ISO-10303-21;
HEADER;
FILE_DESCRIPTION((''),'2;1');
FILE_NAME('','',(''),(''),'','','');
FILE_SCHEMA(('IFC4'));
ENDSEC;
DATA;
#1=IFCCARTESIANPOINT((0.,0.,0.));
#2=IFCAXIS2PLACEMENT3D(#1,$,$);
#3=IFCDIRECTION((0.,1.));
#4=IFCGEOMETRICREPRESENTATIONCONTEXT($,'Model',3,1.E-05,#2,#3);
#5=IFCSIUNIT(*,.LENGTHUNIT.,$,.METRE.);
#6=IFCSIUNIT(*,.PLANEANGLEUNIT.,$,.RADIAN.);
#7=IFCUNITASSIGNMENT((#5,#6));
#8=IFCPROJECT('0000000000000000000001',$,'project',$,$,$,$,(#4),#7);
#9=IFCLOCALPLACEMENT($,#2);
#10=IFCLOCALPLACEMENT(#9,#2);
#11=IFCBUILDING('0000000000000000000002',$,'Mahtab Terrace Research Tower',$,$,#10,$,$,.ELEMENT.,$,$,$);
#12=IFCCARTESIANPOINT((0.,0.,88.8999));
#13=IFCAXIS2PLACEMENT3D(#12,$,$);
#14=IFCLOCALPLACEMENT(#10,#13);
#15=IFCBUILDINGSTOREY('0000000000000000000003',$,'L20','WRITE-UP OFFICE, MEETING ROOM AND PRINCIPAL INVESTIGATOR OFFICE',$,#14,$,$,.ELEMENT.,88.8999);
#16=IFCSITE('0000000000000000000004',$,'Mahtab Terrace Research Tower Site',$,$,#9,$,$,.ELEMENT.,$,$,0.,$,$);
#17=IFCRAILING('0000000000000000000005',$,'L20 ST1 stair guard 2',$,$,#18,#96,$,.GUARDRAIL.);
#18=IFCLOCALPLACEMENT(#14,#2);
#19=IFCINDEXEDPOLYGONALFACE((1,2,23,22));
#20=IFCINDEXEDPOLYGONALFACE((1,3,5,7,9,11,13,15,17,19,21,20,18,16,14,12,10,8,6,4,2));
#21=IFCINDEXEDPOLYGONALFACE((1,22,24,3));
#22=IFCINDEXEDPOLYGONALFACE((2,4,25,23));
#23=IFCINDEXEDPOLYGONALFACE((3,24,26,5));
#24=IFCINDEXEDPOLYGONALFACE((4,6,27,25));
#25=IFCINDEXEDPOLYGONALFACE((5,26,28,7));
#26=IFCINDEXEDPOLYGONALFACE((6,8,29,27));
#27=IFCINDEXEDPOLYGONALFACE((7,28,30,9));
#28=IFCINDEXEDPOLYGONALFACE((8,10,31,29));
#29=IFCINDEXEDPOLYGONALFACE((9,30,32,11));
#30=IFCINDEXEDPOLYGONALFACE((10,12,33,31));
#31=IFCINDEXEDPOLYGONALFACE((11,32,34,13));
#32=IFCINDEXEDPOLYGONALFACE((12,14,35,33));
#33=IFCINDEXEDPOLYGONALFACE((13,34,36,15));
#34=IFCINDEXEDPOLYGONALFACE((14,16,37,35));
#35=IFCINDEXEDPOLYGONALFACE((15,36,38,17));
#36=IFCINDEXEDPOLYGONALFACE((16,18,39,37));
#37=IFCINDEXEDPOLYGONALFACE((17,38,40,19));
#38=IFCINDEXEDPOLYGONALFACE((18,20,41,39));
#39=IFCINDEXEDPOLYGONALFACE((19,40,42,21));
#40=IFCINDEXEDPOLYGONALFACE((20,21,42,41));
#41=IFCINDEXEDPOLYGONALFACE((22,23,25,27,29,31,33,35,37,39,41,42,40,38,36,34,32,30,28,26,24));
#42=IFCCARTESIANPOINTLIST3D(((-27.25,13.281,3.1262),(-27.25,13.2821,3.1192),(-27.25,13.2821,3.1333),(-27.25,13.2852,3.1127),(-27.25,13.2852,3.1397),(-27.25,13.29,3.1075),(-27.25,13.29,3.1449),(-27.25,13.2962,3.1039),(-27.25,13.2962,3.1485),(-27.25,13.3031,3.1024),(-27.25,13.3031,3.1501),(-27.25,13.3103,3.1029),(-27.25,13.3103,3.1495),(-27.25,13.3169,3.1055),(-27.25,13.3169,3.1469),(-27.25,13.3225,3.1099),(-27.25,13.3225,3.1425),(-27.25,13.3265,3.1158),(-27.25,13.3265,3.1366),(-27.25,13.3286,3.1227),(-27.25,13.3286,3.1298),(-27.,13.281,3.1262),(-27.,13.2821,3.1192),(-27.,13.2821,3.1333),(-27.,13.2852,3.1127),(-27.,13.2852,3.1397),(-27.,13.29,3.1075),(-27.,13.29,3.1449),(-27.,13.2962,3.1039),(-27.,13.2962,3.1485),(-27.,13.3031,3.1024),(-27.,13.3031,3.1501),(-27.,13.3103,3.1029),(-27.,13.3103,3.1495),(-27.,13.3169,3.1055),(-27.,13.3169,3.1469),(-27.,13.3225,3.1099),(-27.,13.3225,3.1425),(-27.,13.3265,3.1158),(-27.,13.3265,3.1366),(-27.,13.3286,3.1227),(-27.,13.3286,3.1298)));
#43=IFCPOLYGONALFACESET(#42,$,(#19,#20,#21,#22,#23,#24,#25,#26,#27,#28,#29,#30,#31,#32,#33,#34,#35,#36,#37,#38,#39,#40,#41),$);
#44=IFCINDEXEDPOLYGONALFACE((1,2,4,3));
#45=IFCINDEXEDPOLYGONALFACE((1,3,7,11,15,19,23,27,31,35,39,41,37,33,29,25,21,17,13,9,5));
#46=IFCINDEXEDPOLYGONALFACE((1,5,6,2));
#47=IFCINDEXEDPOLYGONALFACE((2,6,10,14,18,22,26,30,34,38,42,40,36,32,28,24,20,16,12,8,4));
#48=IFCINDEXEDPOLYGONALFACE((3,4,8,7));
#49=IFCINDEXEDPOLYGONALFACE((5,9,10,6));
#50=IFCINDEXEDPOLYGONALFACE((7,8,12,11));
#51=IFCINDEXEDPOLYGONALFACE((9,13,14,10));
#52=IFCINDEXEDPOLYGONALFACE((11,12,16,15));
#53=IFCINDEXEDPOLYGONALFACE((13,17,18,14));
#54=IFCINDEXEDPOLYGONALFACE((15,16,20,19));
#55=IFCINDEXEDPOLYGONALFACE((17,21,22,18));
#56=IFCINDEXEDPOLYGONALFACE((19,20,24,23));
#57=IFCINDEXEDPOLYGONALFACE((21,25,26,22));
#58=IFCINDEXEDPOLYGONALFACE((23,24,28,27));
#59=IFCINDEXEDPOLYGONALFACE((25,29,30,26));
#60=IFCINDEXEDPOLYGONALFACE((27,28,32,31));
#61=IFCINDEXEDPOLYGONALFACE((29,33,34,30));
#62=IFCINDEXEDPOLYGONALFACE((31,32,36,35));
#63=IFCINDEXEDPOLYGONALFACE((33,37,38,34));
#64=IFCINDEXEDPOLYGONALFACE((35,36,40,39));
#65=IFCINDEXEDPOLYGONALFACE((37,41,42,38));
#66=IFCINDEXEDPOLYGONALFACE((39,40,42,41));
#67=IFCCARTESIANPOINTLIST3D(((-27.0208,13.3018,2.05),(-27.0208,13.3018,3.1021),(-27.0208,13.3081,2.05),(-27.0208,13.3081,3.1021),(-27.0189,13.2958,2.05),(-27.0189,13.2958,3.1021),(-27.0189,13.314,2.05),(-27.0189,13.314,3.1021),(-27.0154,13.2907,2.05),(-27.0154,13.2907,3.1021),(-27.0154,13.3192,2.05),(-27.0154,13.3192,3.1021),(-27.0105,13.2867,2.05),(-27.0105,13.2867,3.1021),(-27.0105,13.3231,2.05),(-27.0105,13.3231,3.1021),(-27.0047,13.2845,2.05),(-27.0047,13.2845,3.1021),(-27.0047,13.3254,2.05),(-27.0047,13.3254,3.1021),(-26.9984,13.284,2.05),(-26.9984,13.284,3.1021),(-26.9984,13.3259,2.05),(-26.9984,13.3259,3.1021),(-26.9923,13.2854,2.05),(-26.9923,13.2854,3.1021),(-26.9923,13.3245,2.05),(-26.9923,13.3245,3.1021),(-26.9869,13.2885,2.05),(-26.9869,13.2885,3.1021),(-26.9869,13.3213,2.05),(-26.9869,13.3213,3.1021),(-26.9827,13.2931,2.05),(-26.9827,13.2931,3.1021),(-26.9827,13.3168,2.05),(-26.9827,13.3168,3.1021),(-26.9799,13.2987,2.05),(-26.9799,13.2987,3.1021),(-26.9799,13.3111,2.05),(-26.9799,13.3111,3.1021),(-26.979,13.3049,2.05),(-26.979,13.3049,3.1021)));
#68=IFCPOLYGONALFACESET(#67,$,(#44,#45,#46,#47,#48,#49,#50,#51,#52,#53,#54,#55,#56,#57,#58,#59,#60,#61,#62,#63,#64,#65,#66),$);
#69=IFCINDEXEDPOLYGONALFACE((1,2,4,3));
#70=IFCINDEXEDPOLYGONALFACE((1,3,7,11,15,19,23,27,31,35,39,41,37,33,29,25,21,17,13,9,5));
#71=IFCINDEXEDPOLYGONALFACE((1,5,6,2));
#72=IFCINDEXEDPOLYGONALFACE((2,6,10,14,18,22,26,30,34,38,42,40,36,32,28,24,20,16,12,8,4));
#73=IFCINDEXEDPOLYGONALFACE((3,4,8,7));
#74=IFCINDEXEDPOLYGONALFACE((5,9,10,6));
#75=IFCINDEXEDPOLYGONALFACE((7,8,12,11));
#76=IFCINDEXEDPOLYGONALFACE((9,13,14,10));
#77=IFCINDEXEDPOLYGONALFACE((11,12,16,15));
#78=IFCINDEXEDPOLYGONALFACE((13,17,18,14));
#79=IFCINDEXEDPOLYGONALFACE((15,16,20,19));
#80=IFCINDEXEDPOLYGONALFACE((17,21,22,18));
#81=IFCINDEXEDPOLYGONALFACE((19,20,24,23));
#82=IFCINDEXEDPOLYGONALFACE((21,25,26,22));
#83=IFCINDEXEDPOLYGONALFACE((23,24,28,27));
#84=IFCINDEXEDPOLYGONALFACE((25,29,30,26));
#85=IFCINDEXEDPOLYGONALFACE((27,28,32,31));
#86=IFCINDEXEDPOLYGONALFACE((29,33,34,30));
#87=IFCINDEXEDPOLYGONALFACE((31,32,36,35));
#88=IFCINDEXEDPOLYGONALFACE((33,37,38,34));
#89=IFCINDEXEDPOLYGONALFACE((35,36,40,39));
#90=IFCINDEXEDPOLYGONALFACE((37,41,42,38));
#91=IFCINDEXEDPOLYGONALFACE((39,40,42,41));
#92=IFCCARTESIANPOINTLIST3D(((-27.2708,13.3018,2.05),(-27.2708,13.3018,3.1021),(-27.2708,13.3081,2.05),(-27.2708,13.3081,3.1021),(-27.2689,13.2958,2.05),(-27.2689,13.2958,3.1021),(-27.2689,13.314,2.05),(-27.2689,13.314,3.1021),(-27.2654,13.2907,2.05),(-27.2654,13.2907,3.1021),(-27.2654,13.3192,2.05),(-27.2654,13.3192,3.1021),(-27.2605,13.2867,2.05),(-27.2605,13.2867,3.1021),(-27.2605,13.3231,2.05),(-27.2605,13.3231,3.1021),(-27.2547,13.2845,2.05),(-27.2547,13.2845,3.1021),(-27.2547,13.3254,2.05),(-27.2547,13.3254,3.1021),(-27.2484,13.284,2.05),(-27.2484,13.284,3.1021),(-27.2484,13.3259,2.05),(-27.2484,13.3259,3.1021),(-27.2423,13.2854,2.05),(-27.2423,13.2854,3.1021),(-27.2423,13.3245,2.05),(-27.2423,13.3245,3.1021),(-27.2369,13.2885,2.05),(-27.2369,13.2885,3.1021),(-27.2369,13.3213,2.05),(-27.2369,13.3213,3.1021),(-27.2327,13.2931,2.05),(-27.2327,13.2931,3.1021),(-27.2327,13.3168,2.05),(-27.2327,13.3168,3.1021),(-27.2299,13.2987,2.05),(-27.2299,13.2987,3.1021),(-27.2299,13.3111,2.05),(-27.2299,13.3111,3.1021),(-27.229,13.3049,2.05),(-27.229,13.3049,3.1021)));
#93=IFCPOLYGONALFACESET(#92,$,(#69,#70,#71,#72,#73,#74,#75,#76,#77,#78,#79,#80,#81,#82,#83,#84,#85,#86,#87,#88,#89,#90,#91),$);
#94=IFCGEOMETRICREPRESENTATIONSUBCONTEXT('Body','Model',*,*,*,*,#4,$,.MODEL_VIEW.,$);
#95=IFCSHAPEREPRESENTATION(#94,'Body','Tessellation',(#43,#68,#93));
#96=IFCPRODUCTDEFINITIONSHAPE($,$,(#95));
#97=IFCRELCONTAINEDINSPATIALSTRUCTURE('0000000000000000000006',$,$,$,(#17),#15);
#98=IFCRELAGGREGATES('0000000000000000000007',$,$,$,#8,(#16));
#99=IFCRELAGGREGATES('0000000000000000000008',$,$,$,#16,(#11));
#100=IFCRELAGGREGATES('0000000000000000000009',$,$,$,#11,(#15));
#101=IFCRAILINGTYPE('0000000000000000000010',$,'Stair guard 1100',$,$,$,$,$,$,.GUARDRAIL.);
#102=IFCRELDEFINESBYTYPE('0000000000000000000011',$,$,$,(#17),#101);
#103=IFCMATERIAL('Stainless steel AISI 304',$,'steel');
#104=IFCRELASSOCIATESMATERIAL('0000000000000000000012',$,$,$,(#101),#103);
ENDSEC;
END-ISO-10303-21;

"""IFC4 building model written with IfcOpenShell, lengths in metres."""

from ifc_helpers import new_model, si_unit, direction, frame, origin, origin_2d, place, context, subcontext, project, spatial, circle, extrude, material, type_object, element, save


model = new_model("IFC4")

# Units and contexts
model_context = context("Model", 3, precision=1e-05, world=origin(), true_north=direction((0.0, 1.0)))
body_context = subcontext(model_context, "Body", "Model", "MODEL_VIEW")
ifc_project = project(units=[si_unit("LENGTHUNIT", "METRE"), si_unit("PLANEANGLEUNIT", "RADIAN")], contexts=[model_context])

# Site, building, storey
site_placement = place(None, origin())
site = spatial("IfcSite", under=ifc_project, at=site_placement, Name="Mahtab Terrace Research Tower Site", CompositionType="ELEMENT", RefElevation=0.0)
building_placement = place(site_placement, origin())
building = spatial("IfcBuilding", under=site, at=building_placement, Name="Mahtab Terrace Research Tower", CompositionType="ELEMENT")
storey_placement = place(building_placement, frame((0.0, 0.0, 88.8999)))
storey = spatial("IfcBuildingStorey", under=building, at=storey_placement, Name="L20", Description="WRITE-UP OFFICE, MEETING ROOM AND PRINCIPAL INVESTIGATOR OFFICE", CompositionType="ELEMENT", Elevation=88.8999)

# Railing
ifc_material_1 = material(Name="Stainless steel AISI 304", Category="steel")
railing_type_1 = type_object("IfcRailingType", Name="Stair guard 1100", PredefinedType="GUARDRAIL", material=ifc_material_1)
railing_1_placement = place(storey_placement, frame((-27.0, 13.3049, 2.05)))
element("IfcRailing", 1, at=railing_1_placement, inside=storey, type_object=railing_type_1, Name="L20 ST1 stair guard 2", PredefinedType="GUARDRAIL", context=body_context, shape_type="SweptSolid", body=[
    extrude(circle(Radius=0.0239, at=origin_2d()), frame((0.0, 0.0, 1.0762), z_axis=(-1.0, 0.0, 0.0), x_axis=(0.0, -1.0, 0.0)), (0.0, 0.0, 1.0), 0.25),
    extrude(circle(Radius=0.021, at=origin_2d()), origin(), (0.0, 0.0, 1.0), 1.052),
    extrude(circle(Radius=0.021, at=origin_2d()), frame((-0.25, 0.0, 0.0)), (0.0, 0.0, 1.0), 1.052),
])

save(model, "model.ifc")
